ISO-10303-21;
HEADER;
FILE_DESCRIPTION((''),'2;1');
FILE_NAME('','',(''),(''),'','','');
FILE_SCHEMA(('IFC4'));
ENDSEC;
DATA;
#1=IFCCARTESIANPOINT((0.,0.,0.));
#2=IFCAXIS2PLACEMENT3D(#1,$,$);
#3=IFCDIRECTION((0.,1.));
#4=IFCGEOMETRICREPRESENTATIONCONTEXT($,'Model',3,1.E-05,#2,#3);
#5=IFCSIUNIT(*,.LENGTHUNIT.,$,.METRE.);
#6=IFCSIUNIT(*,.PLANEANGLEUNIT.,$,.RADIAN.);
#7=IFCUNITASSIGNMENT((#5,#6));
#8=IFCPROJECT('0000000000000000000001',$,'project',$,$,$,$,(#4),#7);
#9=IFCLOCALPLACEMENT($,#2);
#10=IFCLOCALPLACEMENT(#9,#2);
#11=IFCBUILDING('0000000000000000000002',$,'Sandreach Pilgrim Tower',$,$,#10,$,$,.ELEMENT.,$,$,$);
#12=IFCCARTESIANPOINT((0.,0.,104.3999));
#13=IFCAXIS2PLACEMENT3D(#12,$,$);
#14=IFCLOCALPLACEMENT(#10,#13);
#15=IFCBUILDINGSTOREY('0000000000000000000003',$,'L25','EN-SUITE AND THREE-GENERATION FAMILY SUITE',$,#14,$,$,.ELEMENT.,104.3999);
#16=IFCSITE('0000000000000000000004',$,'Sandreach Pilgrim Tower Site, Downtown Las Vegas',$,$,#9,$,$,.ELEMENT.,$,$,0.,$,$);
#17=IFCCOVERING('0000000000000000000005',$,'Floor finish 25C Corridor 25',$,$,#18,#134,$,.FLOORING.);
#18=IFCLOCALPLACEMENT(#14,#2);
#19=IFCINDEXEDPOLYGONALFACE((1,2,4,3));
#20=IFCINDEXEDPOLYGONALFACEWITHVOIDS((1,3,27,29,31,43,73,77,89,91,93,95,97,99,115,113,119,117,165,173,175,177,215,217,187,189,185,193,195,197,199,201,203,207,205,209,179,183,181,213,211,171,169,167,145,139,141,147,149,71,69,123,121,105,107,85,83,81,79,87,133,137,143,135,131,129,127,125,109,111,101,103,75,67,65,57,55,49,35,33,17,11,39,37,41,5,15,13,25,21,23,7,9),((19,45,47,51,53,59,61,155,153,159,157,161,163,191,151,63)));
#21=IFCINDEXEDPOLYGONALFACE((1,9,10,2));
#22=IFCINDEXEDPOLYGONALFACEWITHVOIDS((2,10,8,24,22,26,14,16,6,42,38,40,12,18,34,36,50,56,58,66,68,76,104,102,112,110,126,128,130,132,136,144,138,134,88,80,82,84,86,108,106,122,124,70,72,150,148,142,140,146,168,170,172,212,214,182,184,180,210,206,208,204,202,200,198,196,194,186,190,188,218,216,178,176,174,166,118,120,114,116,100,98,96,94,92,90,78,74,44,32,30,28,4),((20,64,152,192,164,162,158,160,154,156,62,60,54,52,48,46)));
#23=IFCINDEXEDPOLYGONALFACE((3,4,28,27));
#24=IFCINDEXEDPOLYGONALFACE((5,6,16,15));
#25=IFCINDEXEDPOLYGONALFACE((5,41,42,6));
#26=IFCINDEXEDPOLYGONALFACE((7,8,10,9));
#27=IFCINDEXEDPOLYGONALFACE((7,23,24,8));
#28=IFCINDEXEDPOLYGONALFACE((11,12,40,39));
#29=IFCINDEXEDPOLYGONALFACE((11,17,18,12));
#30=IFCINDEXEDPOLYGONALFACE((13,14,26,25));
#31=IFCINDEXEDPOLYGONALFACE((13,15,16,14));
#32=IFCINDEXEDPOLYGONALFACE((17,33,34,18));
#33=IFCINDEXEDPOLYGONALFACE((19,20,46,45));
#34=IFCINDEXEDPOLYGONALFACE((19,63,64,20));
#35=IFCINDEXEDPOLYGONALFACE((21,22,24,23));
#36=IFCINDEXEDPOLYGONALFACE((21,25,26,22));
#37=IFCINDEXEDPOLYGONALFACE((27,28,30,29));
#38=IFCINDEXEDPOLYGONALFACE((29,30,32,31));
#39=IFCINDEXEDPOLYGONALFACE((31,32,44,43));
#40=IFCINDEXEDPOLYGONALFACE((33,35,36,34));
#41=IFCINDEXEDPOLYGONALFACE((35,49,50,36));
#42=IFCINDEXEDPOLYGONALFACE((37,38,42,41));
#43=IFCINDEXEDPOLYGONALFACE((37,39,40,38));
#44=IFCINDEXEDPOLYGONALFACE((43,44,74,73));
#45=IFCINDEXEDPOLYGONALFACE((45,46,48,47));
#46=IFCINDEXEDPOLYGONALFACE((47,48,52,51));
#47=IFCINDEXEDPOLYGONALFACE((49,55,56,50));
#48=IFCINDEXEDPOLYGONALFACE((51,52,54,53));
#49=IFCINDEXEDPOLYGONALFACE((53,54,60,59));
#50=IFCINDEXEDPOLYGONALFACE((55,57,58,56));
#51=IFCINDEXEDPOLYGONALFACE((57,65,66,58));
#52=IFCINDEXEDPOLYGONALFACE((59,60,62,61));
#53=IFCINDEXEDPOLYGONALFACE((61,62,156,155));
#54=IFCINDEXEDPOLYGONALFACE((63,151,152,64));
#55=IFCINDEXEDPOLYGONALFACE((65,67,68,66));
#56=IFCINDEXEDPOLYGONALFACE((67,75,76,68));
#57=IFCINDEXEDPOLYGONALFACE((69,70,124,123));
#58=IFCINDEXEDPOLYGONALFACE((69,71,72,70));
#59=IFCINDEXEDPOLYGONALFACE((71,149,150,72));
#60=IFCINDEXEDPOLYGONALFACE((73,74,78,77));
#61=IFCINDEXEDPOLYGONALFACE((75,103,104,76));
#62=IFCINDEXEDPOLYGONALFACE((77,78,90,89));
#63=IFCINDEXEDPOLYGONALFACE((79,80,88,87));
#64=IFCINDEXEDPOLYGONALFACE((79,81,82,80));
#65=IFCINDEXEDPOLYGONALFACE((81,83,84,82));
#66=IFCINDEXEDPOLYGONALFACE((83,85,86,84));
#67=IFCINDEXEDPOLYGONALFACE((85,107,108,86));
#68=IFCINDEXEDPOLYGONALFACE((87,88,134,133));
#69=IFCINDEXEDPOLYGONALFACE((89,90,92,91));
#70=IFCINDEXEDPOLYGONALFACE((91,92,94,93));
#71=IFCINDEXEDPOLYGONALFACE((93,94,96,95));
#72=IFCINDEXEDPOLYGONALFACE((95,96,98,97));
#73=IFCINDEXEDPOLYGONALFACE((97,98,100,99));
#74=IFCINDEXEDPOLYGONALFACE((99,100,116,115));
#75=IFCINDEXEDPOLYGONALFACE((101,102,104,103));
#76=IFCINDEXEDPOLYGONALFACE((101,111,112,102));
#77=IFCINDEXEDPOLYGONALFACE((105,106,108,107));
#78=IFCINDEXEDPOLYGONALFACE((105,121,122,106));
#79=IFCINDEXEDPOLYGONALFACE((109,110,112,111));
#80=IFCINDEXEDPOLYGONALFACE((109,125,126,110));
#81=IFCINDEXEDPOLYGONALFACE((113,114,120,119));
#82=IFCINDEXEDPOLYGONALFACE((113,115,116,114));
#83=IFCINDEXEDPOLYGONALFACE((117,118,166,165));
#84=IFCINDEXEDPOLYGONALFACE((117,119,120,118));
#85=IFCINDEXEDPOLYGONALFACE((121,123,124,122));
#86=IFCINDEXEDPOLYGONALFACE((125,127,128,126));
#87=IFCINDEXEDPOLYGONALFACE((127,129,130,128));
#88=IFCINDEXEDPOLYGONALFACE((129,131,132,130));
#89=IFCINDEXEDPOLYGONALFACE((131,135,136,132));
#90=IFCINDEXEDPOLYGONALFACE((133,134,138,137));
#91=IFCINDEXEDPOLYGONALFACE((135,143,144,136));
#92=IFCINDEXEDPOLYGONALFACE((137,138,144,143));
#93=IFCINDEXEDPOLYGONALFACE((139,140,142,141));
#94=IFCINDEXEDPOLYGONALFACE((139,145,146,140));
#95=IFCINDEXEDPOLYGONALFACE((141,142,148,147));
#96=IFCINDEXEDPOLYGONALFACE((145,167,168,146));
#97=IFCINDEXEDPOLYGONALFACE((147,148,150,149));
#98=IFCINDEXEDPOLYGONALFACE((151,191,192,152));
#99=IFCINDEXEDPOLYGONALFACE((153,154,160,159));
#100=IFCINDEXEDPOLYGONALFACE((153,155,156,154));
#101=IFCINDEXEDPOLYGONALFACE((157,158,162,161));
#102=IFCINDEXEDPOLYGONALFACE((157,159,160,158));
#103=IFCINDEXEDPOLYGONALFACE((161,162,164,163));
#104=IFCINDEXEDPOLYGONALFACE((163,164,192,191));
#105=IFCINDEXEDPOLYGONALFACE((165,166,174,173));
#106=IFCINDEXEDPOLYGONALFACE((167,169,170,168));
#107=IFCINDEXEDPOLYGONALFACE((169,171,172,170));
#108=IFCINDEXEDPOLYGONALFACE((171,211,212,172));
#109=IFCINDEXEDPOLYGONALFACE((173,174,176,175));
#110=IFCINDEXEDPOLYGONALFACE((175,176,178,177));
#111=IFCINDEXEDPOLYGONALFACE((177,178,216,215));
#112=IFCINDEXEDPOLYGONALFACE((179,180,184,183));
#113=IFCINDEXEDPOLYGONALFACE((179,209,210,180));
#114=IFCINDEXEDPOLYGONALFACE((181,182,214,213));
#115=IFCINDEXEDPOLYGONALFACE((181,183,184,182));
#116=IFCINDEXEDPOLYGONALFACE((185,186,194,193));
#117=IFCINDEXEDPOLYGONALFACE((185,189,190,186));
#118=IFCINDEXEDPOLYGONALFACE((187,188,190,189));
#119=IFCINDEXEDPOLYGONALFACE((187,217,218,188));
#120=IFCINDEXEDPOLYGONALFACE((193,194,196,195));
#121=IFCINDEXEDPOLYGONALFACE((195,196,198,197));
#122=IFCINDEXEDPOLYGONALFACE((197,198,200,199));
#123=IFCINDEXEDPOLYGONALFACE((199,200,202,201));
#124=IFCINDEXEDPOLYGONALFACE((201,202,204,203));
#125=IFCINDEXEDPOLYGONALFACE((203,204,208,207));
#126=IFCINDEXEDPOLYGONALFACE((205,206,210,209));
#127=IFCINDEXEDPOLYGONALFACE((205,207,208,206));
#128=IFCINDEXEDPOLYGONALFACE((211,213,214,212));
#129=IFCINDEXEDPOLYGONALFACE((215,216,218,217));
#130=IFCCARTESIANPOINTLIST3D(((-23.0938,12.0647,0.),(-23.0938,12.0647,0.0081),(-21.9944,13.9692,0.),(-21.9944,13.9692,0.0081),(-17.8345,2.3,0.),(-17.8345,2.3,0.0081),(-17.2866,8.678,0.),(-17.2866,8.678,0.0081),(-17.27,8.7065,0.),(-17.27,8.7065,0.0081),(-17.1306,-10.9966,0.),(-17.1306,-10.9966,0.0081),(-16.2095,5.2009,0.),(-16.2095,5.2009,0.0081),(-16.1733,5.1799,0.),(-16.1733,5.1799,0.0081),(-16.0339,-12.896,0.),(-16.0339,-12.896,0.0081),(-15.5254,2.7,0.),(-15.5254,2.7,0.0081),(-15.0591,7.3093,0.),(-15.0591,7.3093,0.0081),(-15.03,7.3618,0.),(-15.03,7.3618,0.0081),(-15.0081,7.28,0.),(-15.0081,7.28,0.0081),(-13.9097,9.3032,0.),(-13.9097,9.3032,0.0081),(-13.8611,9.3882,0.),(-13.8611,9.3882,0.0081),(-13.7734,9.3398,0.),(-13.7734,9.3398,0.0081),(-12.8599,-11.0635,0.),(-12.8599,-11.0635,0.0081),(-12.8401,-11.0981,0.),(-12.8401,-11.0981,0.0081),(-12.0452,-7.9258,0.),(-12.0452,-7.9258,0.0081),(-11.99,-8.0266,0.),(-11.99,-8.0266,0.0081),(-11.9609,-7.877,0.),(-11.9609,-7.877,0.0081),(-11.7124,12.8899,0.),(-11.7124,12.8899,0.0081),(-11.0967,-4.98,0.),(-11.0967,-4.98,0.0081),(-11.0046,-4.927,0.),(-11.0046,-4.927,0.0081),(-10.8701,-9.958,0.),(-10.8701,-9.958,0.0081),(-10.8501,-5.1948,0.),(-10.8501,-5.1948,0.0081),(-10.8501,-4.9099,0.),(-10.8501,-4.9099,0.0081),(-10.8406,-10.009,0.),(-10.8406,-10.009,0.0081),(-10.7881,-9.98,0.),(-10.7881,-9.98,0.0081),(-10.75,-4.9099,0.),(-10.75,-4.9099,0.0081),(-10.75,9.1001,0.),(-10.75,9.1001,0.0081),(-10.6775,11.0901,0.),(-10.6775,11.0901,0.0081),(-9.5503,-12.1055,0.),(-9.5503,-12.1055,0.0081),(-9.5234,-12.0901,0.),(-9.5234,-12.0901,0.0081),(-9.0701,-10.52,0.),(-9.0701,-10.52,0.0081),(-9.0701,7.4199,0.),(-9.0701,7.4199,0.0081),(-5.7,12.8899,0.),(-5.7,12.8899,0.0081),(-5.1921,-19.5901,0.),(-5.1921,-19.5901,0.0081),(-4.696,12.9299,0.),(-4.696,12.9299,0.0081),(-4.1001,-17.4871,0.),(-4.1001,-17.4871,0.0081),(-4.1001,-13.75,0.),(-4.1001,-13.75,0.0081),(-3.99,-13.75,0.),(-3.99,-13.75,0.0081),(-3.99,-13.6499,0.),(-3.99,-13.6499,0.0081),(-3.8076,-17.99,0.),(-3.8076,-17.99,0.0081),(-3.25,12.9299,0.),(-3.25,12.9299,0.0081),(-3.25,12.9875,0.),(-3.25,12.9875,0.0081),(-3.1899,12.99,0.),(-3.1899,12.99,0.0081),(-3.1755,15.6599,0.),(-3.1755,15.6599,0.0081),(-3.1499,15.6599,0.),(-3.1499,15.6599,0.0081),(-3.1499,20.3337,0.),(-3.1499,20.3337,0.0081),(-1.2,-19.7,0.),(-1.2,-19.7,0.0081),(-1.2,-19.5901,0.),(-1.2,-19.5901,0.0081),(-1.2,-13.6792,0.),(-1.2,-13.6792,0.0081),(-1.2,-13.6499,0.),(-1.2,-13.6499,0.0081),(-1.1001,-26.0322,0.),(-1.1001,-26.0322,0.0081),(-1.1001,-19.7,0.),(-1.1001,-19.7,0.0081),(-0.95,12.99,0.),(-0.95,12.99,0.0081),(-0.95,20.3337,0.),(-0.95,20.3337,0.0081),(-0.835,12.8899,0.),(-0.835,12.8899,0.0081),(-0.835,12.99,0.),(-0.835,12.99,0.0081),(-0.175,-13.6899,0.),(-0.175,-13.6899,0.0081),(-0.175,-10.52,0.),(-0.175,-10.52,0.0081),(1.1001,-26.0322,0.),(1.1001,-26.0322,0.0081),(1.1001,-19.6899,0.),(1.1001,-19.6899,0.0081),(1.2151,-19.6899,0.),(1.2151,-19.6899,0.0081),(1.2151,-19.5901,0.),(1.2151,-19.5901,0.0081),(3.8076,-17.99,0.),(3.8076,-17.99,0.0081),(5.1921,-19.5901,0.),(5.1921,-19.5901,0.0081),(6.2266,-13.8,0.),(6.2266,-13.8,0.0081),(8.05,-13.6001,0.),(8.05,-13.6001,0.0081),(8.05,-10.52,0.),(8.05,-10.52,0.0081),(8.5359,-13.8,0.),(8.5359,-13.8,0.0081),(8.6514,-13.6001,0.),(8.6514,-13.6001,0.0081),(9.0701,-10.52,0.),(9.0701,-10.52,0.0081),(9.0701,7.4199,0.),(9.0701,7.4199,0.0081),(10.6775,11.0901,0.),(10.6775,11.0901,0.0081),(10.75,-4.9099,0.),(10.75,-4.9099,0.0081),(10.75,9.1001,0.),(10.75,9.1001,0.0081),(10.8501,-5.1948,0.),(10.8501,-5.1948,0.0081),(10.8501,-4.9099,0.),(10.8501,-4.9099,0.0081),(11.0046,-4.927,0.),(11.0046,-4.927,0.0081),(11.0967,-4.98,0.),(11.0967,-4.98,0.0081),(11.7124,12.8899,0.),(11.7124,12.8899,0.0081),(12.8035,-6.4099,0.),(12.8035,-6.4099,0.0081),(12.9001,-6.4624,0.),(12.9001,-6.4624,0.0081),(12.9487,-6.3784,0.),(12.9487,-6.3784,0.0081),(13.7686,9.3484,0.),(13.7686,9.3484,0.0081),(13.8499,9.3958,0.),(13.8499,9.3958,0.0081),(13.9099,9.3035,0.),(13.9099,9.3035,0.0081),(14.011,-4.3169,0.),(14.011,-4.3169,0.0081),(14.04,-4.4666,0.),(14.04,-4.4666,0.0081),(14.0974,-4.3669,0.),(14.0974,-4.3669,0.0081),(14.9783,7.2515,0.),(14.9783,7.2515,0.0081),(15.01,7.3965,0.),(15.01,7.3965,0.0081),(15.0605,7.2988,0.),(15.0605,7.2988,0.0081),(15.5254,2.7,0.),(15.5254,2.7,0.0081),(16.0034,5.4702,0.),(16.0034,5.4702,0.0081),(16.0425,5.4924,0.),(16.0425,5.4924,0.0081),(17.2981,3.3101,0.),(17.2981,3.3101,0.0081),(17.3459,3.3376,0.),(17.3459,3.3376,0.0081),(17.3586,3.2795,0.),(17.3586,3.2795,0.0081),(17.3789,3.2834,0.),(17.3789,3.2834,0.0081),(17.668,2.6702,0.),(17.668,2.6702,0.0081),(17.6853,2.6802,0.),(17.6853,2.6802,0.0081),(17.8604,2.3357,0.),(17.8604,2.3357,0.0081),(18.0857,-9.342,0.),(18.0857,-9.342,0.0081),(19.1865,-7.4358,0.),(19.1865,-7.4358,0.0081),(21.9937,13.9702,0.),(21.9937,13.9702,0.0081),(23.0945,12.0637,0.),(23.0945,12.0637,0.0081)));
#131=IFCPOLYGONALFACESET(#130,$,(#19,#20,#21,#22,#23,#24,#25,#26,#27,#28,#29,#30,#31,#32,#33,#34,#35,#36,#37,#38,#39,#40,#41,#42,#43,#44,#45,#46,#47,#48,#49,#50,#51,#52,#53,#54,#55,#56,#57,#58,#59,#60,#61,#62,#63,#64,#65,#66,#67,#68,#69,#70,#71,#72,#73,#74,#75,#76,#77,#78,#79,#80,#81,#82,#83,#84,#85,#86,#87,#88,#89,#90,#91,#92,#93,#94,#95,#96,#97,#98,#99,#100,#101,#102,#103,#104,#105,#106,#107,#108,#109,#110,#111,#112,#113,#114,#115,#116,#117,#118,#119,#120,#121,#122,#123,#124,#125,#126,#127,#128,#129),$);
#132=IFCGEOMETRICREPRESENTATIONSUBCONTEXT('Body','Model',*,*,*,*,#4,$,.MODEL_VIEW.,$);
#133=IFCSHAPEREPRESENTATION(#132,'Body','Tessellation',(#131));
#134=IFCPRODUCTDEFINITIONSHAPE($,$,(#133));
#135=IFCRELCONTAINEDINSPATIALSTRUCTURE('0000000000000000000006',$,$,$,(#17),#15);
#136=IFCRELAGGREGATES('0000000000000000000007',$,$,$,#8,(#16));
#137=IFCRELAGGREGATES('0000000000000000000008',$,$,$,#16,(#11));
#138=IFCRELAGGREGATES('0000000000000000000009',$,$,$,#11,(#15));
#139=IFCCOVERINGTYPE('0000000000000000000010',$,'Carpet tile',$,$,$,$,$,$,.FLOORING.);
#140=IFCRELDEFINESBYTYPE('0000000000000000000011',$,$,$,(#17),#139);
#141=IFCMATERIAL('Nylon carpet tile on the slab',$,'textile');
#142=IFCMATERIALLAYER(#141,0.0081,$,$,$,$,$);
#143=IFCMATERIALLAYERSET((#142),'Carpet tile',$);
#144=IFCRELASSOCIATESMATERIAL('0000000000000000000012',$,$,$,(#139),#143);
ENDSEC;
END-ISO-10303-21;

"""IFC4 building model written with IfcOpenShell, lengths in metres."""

from ifc_helpers import new_model, si_unit, direction, frame, origin, place, context, subcontext, project, spatial, polyline, outline, extrude, material, layer, layer_set, type_object, element, save


model = new_model("IFC4")

# Units and contexts
model_context = context("Model", 3, precision=1e-05, world=origin(), true_north=direction((0.0, 1.0)))
body_context = subcontext(model_context, "Body", "Model", "MODEL_VIEW")
ifc_project = project(units=[si_unit("LENGTHUNIT", "METRE"), si_unit("PLANEANGLEUNIT", "RADIAN")], contexts=[model_context])

# Site, building, storey
site_placement = place(None, origin())
site = spatial("IfcSite", under=ifc_project, at=site_placement, Name="Sandreach Pilgrim Tower Site, Downtown Las Vegas", CompositionType="ELEMENT", RefElevation=0.0)
building_placement = place(site_placement, origin())
building = spatial("IfcBuilding", under=site, at=building_placement, Name="Sandreach Pilgrim Tower", CompositionType="ELEMENT")
storey_placement = place(building_placement, frame((0.0, 0.0, 104.3999)))
storey = spatial("IfcBuildingStorey", under=building, at=storey_placement, Name="L25", Description="EN-SUITE AND THREE-GENERATION FAMILY SUITE", CompositionType="ELEMENT", Elevation=104.3999)

# Covering
ifc_material_1 = material(Name="Nylon carpet tile on the slab", Category="textile")
ifc_layer_1 = layer(ifc_material_1, 0.0081)
ifc_layer_set_1 = layer_set([ifc_layer_1], Name="Carpet tile")
covering_type_1 = type_object("IfcCoveringType", Name="Carpet tile", PredefinedType="FLOORING", material=ifc_layer_set_1)
covering_1_placement = place(storey_placement, origin())
element("IfcCovering", 1, at=covering_1_placement, inside=storey, type_object=covering_type_1, Name="Floor finish 25C Corridor 25", PredefinedType="FLOORING", context=body_context, shape_type="SweptSolid", body=[
    extrude(outline(polyline([(-21.9944, 13.9692), (-13.9097, 9.3032), (-13.8611, 9.3882), (-13.7734, 9.3398), (-11.7124, 12.8899), (-5.7, 12.8899), (-4.696, 12.9299), (-3.25, 12.9299), (-3.25, 12.9875), (-3.1899, 12.99), (-3.1755, 15.6599), (-3.1499, 15.6599), (-3.1499, 20.3337), (-0.95, 20.3337), (-0.95, 12.99), (-0.835, 12.99), (-0.835, 12.8899), (11.7124, 12.8899), (13.7686, 9.3484), (13.8499, 9.3958), (13.9099, 9.3035), (21.9937, 13.9702), (23.0945, 12.0637), (15.01, 7.3965), (15.0605, 7.2988), (14.9783, 7.2515), (16.0034, 5.4702), (16.0425, 5.4924), (17.2981, 3.3101), (17.3459, 3.3376), (17.3586, 3.2795), (17.3789, 3.2834), (17.6853, 2.6802), (17.668, 2.6702), (17.8604, 2.3357), (14.011, -4.3169), (14.0974, -4.3669), (14.04, -4.4666), (19.1865, -7.4358), (18.0857, -9.342), (12.9487, -6.3784), (12.9001, -6.4624), (12.8035, -6.4099), (8.6514, -13.6001), (8.05, -13.6001), (8.05, -10.52), (9.0701, -10.52), (9.0701, 7.4199), (-9.0701, 7.4199), (-9.0701, -10.52), (-0.175, -10.52), (-0.175, -13.6899), (-1.2, -13.6792), (-1.2, -13.6499), (-3.99, -13.6499), (-3.99, -13.75), (-4.1001, -13.75), (-4.1001, -17.4871), (-3.8076, -17.99), (3.8076, -17.99), (6.2266, -13.8), (8.5359, -13.8), (5.1921, -19.5901), (1.2151, -19.5901), (1.2151, -19.6899), (1.1001, -19.6899), (1.1001, -26.0322), (-1.1001, -26.0322), (-1.1001, -19.7), (-1.2, -19.7), (-1.2, -19.5901), (-5.1921, -19.5901), (-9.5234, -12.0901), (-9.5503, -12.1055), (-10.7881, -9.98), (-10.8406, -10.009), (-10.8701, -9.958), (-12.8401, -11.0981), (-12.8599, -11.0635), (-16.0339, -12.896), (-17.1306, -10.9966), (-11.99, -8.0266), (-12.0452, -7.9258), (-11.9609, -7.877), (-17.8345, 2.3), (-16.1733, 5.1799), (-16.2095, 5.2009), (-15.0081, 7.28), (-15.0591, 7.3093), (-15.03, 7.3618), (-17.2866, 8.678), (-17.27, 8.7065), (-23.0938, 12.0647), (-21.9944, 13.9692)]), holes=[polyline([(-15.5254, 2.7), (-11.0967, -4.98), (-11.0046, -4.927), (-10.8501, -5.1948), (-10.8501, -4.9099), (-10.75, -4.9099), (-10.75, 9.1001), (10.75, 9.1001), (10.75, -4.9099), (10.8501, -4.9099), (10.8501, -5.1948), (11.0046, -4.927), (11.0967, -4.98), (15.5254, 2.7), (10.6775, 11.0901), (-10.6775, 11.0901), (-15.5254, 2.7)])]), origin(), (0.0, 0.0, 1.0), 0.0081),
])

save(model, "model.ifc")
